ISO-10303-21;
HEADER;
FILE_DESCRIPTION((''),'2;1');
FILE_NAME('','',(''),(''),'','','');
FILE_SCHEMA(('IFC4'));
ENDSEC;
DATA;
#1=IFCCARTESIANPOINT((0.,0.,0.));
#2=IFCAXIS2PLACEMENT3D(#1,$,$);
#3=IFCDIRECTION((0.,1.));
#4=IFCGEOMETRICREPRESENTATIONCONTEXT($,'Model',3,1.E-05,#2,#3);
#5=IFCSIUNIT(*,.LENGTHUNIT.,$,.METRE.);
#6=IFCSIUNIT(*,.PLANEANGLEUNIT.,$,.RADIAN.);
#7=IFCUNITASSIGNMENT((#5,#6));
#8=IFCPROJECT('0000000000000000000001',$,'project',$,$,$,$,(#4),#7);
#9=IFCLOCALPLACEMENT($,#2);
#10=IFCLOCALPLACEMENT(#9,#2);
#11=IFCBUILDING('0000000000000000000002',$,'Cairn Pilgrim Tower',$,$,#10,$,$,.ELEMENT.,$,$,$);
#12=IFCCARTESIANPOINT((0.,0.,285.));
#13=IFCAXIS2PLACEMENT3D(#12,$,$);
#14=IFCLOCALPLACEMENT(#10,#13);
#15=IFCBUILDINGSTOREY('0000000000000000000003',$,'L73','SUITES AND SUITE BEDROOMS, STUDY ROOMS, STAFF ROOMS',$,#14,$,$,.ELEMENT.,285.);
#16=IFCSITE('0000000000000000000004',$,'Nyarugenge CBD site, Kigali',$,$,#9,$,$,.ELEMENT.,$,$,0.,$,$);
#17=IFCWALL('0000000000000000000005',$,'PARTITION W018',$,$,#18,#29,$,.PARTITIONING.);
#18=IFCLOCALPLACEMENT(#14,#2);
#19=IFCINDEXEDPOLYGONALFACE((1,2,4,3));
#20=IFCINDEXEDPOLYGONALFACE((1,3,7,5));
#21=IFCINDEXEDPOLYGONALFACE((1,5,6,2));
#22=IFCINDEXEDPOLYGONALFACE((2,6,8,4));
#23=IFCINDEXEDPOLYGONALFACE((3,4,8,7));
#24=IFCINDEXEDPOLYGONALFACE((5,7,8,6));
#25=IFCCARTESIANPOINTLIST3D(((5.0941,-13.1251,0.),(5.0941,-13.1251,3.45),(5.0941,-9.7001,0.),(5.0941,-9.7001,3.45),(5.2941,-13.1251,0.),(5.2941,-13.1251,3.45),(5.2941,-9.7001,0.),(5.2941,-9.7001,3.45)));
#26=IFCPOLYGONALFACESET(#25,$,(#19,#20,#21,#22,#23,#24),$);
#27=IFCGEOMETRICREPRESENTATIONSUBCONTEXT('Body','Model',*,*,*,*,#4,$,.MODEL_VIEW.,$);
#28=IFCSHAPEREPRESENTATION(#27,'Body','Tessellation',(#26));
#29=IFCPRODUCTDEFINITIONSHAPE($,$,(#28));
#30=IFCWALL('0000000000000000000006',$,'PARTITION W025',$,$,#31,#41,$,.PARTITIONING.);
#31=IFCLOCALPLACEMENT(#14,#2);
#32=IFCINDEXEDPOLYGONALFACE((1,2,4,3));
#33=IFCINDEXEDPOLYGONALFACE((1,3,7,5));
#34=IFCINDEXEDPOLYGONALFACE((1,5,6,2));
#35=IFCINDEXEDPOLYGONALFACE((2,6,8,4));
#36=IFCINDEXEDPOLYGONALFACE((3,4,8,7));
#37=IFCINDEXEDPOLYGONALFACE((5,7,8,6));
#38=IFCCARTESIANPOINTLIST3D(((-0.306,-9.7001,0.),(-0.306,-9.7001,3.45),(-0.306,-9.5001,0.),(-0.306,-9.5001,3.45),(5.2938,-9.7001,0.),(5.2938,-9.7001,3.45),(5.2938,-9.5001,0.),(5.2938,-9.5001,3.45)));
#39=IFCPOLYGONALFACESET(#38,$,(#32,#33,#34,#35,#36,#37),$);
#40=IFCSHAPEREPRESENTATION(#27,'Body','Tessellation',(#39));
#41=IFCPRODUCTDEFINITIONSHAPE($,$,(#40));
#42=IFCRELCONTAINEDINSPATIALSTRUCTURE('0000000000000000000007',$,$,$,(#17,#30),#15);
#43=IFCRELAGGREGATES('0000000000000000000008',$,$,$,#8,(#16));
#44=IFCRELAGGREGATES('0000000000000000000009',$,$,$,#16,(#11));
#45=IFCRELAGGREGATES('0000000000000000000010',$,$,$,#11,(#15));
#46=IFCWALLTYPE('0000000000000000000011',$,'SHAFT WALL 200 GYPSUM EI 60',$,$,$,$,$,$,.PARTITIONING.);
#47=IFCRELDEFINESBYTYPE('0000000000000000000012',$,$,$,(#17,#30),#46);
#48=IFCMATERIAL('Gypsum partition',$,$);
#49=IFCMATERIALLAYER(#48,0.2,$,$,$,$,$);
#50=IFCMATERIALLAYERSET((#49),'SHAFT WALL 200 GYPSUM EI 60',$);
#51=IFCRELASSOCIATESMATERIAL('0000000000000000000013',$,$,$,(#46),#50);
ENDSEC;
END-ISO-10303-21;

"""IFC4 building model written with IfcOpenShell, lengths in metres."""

from ifc_helpers import new_model, si_unit, direction, frame, frame_2d, origin, place, context, subcontext, project, spatial, rectangle, extrude, material, layer, layer_set, type_object, element, save


model = new_model("IFC4")

# Units and contexts
model_context = context("Model", 3, precision=1e-05, world=origin(), true_north=direction((0.0, 1.0)))
body_context = subcontext(model_context, "Body", "Model", "MODEL_VIEW")
ifc_project = project(units=[si_unit("LENGTHUNIT", "METRE"), si_unit("PLANEANGLEUNIT", "RADIAN")], contexts=[model_context])

# Site, building, storey
site_placement = place(None, origin())
site = spatial("IfcSite", under=ifc_project, at=site_placement, Name="Nyarugenge CBD site, Kigali", CompositionType="ELEMENT", RefElevation=0.0)
building_placement = place(site_placement, origin())
building = spatial("IfcBuilding", under=site, at=building_placement, Name="Cairn Pilgrim Tower", CompositionType="ELEMENT")
storey_placement = place(building_placement, frame((0.0, 0.0, 285.0)))
storey = spatial("IfcBuildingStorey", under=building, at=storey_placement, Name="L73", Description="SUITES AND SUITE BEDROOMS, STUDY ROOMS, STAFF ROOMS", CompositionType="ELEMENT", Elevation=285.0)

# Shared definitions
ifc_material_1 = material(Name="Gypsum partition")

# Walls
ifc_layer_1 = layer(ifc_material_1, 0.2)
ifc_layer_set_1 = layer_set([ifc_layer_1], Name="SHAFT WALL 200 GYPSUM EI 60")
wall_type_1 = type_object("IfcWallType", Name="SHAFT WALL 200 GYPSUM EI 60", PredefinedType="PARTITIONING", material=ifc_layer_set_1)
for number, where, z_axis, x_axis, name in (
    (1, (5.1941, -13.125, 0.0), (0.0, 0.0, 1.0), (0.0, 1.0, 0.0), "PARTITION W018"),
):
    element("IfcWall", number, at=place(storey_placement, frame(where, z_axis=z_axis, x_axis=x_axis)), inside=storey, type_object=wall_type_1, Name=name, PredefinedType="PARTITIONING", context=body_context, shape_type="SweptSolid", body=[
        extrude(rectangle(XDim=3.425, YDim=0.2, at=frame_2d((1.7124, 0.0))), origin(), (0.0, 0.0, 1.0), 3.45),
    ])
wall_1_placement = place(storey_placement, frame((-0.3059, -9.6001, 0.0), z_axis=(0.0, 0.0, 1.0), x_axis=(1.0, 0.0, 0.0)))
element("IfcWall", 2, at=wall_1_placement, inside=storey, type_object=wall_type_1, Name="PARTITION W025", PredefinedType="PARTITIONING", context=body_context, shape_type="SweptSolid", body=[
    extrude(rectangle(XDim=5.5999, YDim=0.2, at=frame_2d((2.7998, 0.0))), origin(), (0.0, 0.0, 1.0), 3.45),
])

save(model, "model.ifc")
